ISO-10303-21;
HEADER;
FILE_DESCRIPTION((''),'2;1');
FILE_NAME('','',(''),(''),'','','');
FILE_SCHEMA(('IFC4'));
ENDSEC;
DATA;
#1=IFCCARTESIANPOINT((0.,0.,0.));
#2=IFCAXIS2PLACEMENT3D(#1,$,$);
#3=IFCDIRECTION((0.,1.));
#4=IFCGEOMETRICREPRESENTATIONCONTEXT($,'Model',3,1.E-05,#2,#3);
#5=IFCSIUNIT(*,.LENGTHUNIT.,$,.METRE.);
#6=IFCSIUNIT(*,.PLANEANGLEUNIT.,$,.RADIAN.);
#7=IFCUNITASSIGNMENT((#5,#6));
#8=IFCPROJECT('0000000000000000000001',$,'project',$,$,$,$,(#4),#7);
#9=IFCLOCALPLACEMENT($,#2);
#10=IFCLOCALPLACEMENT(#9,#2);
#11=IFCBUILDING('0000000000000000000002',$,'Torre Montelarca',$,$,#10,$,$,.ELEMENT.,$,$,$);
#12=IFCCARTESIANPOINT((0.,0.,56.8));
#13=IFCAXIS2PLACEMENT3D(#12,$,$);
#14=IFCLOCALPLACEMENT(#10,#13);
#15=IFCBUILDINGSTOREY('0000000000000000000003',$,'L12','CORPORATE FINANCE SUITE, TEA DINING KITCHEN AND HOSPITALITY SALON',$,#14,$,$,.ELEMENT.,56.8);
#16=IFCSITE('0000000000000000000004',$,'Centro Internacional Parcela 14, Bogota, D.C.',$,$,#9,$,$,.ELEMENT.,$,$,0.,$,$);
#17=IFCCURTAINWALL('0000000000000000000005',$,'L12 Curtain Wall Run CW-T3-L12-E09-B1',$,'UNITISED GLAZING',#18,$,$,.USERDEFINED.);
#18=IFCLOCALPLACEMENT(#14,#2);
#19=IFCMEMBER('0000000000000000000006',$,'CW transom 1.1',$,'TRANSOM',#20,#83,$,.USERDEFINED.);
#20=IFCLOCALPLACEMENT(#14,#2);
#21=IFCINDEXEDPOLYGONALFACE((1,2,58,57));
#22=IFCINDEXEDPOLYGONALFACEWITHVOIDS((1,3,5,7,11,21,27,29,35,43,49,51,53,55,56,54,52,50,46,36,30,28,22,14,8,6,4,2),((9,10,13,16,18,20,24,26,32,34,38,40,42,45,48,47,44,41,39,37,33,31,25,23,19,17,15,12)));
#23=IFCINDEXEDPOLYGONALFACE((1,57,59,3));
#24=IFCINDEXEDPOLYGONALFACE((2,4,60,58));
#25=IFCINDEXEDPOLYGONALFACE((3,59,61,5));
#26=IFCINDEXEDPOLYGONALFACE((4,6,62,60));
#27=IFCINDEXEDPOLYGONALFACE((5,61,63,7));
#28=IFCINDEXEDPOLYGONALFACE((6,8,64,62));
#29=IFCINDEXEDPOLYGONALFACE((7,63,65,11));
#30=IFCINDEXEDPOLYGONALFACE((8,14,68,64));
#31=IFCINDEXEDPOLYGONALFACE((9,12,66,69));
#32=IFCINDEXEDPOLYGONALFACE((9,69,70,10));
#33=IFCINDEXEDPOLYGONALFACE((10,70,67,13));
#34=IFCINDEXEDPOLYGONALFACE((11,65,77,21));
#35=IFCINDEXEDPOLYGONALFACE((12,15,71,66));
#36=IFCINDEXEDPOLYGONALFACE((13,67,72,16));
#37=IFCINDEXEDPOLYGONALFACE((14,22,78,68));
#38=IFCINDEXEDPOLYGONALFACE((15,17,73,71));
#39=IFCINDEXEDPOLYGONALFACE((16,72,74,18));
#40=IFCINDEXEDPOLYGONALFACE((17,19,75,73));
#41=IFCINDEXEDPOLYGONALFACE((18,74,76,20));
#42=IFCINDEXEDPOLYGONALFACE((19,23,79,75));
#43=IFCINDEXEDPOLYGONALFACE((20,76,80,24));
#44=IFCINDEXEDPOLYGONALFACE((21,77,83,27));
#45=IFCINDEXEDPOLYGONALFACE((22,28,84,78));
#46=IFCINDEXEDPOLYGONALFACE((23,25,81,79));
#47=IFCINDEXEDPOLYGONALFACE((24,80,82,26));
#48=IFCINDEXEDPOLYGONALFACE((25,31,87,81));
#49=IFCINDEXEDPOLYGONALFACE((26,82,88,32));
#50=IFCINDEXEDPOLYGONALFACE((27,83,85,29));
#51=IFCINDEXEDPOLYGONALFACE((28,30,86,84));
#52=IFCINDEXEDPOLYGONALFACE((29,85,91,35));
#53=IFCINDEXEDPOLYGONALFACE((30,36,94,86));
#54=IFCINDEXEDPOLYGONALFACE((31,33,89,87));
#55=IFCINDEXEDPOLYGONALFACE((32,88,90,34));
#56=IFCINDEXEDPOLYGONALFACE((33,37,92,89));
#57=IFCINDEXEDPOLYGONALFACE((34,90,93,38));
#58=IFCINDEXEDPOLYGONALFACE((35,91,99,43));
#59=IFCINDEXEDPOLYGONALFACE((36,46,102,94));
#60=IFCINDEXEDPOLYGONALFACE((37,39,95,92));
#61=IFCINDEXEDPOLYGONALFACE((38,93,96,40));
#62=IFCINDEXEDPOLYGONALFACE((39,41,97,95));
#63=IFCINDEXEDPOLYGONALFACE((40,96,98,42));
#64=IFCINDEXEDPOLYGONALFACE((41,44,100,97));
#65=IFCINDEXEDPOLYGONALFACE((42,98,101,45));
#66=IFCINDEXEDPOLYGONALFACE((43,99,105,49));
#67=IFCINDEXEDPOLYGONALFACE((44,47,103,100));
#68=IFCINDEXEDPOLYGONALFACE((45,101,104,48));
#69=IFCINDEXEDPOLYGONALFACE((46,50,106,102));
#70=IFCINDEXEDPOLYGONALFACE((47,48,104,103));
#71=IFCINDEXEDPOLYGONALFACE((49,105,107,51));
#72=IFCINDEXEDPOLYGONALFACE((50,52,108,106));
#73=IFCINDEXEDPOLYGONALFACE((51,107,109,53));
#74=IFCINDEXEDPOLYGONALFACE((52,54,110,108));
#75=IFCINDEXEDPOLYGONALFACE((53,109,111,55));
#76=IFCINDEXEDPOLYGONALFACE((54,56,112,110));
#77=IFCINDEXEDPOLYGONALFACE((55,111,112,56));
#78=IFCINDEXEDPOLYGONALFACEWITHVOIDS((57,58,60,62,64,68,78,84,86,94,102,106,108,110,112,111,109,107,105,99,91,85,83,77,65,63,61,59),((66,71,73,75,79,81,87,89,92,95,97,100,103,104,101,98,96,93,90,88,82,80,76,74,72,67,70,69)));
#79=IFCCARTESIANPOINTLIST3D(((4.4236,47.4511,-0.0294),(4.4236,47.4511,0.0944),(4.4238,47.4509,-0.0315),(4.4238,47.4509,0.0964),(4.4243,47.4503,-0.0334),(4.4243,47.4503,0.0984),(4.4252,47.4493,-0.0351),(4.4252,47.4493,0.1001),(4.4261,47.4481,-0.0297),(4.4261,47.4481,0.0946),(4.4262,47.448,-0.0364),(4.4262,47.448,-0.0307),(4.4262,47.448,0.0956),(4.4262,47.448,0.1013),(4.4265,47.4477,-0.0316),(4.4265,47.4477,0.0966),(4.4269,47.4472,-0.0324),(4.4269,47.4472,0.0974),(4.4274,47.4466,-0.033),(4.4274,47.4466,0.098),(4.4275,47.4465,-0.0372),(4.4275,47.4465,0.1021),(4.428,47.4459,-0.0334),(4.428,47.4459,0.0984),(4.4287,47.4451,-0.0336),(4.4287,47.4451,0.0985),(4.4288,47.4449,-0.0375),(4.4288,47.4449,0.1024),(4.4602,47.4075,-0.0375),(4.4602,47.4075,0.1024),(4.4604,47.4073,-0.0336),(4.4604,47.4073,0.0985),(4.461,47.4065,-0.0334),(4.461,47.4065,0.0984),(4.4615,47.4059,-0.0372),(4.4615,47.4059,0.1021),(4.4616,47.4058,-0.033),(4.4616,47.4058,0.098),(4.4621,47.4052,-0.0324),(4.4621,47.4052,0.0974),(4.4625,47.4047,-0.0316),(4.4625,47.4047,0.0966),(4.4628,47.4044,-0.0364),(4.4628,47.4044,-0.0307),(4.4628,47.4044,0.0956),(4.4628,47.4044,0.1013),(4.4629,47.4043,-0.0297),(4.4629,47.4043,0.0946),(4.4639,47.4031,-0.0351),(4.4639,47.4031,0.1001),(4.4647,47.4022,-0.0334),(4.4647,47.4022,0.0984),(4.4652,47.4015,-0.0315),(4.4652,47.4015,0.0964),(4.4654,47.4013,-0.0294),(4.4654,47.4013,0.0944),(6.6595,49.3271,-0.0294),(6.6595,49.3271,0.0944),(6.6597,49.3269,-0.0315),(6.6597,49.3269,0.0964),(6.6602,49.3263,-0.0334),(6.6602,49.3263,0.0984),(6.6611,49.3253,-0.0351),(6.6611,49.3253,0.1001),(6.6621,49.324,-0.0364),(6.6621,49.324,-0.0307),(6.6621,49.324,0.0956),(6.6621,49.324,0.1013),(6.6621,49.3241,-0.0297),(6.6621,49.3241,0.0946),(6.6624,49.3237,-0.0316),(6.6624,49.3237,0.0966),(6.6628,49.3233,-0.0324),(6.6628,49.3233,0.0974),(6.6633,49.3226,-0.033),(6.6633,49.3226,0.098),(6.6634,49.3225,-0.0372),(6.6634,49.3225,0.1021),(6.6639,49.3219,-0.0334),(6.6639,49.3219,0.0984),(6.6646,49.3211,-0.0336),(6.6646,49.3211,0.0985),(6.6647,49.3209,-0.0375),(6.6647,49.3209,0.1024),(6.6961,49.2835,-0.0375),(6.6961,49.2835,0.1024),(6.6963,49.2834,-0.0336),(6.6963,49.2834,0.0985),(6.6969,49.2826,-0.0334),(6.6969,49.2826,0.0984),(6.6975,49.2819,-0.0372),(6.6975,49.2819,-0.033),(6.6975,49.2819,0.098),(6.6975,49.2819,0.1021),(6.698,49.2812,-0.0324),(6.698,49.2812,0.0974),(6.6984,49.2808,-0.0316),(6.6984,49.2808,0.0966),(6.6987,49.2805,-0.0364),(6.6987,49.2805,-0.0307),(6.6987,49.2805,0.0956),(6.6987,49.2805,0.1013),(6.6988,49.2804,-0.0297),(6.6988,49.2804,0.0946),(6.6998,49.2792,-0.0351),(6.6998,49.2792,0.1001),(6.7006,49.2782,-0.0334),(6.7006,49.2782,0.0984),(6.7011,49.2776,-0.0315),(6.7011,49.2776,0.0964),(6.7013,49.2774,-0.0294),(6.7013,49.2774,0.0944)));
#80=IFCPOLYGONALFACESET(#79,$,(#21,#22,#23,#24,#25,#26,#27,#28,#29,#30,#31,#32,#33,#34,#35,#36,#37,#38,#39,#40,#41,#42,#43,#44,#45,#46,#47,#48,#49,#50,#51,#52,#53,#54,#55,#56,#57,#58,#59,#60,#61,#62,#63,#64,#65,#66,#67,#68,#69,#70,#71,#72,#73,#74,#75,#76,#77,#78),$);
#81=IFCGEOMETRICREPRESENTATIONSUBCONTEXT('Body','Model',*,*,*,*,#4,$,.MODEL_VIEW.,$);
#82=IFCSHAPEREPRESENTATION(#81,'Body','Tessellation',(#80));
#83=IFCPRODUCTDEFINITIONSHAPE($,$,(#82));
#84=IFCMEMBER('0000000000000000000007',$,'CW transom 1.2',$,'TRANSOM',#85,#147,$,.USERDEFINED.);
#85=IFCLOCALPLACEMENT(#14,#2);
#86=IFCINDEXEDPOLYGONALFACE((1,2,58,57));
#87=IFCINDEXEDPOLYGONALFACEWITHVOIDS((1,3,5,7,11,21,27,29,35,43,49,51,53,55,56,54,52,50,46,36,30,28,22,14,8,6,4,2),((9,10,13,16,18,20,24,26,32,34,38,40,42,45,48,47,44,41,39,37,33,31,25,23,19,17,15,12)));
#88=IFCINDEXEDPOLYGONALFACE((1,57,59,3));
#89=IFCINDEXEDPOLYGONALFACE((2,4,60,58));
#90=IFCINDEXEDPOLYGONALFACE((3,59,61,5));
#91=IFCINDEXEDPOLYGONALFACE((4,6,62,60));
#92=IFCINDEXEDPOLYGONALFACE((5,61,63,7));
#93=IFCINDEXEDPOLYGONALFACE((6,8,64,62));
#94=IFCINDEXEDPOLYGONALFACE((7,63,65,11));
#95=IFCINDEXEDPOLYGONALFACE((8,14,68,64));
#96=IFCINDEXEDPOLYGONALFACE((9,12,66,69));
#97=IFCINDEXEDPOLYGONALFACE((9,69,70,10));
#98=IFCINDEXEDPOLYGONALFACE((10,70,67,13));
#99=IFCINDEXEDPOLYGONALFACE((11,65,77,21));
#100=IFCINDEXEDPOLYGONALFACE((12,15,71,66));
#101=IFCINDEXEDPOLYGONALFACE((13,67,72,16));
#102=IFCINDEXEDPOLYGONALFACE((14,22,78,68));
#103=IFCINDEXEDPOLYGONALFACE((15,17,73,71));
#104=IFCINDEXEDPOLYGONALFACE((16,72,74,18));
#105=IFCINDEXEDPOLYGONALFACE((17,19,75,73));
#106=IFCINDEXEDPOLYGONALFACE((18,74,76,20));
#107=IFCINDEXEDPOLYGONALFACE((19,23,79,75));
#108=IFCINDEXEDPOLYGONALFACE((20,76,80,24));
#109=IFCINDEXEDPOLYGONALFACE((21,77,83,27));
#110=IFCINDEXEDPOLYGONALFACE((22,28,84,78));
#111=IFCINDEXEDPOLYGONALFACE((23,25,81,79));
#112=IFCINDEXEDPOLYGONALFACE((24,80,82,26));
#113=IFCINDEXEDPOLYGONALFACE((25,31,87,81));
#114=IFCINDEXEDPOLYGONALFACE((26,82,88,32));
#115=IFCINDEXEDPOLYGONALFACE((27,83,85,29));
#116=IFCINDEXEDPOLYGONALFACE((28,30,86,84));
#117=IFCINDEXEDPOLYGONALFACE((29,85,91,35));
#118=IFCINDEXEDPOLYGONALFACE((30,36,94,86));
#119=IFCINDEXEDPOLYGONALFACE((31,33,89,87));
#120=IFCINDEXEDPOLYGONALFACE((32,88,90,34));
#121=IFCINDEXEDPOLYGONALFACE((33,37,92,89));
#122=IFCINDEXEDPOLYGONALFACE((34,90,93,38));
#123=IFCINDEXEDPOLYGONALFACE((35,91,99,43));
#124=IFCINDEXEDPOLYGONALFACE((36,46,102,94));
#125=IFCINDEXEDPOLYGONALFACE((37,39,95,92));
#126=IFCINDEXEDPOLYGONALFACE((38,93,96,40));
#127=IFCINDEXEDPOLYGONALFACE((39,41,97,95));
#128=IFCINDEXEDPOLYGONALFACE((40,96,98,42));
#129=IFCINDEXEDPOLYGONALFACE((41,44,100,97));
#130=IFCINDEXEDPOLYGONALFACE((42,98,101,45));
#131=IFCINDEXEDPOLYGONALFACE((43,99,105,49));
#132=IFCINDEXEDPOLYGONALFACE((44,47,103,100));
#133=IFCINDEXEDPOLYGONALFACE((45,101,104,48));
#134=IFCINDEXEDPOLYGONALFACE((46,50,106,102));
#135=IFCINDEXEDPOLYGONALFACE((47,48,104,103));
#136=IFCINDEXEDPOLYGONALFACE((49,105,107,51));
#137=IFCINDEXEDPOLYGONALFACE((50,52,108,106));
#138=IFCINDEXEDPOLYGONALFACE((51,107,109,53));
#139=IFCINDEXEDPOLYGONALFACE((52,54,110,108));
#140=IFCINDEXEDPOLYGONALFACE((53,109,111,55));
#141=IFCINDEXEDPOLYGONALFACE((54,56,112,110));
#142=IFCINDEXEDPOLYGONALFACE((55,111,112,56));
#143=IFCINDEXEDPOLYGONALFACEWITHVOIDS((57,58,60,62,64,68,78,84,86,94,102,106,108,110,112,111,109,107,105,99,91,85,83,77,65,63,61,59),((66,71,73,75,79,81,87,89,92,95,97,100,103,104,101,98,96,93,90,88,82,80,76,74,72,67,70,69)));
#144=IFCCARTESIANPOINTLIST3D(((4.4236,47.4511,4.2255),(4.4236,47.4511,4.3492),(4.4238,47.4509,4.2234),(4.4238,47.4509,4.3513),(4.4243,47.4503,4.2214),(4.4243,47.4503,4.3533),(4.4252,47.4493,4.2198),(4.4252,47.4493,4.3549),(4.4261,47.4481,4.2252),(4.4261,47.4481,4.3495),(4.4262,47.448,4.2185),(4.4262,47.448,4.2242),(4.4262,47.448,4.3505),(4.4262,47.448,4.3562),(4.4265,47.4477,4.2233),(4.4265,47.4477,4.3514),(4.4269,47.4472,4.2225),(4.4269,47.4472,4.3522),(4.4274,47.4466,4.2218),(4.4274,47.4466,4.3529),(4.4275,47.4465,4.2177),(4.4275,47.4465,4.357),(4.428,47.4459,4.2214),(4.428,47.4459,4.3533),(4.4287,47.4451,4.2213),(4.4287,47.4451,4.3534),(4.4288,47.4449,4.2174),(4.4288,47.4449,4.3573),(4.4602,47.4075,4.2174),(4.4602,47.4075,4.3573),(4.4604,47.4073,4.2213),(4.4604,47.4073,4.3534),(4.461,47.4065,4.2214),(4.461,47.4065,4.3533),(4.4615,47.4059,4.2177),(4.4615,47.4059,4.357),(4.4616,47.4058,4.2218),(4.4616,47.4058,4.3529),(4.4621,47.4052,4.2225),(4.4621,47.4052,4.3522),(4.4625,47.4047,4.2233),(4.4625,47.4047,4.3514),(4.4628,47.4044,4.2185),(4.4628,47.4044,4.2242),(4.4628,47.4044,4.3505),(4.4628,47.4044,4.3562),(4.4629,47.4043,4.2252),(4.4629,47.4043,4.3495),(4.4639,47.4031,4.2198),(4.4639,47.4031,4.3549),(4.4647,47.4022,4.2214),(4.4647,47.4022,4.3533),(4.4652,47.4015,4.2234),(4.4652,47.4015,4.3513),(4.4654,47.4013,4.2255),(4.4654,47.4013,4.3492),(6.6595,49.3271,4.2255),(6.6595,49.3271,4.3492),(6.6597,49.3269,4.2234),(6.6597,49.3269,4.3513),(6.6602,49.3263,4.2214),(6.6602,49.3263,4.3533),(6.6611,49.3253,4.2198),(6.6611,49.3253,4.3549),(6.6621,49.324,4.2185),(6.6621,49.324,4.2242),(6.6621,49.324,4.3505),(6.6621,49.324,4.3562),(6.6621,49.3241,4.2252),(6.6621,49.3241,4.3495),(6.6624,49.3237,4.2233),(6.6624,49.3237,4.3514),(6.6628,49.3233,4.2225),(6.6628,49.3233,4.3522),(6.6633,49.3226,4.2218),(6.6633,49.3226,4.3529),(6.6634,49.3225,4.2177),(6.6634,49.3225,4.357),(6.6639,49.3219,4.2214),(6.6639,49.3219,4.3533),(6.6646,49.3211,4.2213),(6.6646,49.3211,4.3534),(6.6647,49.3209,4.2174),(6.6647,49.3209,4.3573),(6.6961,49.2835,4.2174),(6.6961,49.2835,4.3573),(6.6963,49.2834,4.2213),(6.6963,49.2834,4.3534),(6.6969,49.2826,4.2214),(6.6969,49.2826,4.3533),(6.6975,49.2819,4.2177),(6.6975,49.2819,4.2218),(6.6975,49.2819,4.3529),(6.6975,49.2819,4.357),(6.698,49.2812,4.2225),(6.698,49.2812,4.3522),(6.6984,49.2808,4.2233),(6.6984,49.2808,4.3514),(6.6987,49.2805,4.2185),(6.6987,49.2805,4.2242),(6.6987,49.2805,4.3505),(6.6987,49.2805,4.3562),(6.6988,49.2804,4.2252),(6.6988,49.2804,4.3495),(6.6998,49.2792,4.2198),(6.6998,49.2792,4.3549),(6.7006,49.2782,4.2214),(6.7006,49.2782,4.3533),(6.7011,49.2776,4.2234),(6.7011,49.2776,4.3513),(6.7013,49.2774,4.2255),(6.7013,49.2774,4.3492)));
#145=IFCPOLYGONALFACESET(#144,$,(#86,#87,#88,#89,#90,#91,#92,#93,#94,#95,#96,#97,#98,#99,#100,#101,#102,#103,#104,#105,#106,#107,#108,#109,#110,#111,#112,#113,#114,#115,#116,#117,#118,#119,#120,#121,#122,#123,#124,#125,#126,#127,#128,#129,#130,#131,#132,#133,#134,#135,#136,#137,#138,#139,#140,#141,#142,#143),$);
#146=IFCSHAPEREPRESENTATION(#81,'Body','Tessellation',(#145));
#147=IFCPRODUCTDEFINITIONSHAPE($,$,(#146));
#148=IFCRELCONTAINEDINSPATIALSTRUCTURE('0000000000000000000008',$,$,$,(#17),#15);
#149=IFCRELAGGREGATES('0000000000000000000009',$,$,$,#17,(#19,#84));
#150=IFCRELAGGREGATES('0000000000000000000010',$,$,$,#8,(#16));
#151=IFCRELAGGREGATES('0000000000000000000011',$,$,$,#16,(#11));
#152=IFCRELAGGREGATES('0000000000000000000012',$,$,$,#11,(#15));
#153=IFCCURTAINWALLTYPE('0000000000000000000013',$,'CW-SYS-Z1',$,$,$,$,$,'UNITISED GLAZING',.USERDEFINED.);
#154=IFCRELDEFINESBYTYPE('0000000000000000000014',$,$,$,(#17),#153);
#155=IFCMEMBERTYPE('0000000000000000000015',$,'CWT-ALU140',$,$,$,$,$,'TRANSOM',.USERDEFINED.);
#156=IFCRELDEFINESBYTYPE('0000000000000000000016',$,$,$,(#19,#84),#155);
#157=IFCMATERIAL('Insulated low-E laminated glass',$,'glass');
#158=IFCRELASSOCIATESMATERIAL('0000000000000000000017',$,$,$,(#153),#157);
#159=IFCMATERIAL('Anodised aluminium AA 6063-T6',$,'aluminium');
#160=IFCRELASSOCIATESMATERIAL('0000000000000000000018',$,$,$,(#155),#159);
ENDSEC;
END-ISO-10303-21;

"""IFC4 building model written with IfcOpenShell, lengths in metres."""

from ifc_helpers import new_model, si_unit, direction, frame, origin, origin_2d, place, context, subcontext, project, spatial, hollow_rectangle, extrude, source, transform, mapped, material, material_profile, profile_set, type_object, element, aggregate, save


model = new_model("IFC4")

# Units and contexts
model_context = context("Model", 3, precision=1e-05, world=origin(), true_north=direction((0.0, 1.0)))
body_context = subcontext(model_context, "Body", "Model", "MODEL_VIEW")
ifc_project = project(units=[si_unit("LENGTHUNIT", "METRE"), si_unit("PLANEANGLEUNIT", "RADIAN")], contexts=[model_context])

# Site, building, storey
site_placement = place(None, origin())
site = spatial("IfcSite", under=ifc_project, at=site_placement, Name="Centro Internacional Parcela 14, Bogota, D.C.", CompositionType="ELEMENT", RefElevation=0.0)
building_placement = place(site_placement, origin())
building = spatial("IfcBuilding", under=site, at=building_placement, Name="Torre Montelarca", CompositionType="ELEMENT")
storey_placement = place(building_placement, frame((0.0, 0.0, 56.8)))
storey = spatial("IfcBuildingStorey", under=building, at=storey_placement, Name="L12", Description="CORPORATE FINANCE SUITE, TEA DINING KITCHEN AND HOSPITALITY SALON", CompositionType="ELEMENT", Elevation=56.8)

# Curtain wall
ifc_material_1 = material(Name="Insulated low-E laminated glass", Category="glass")
curtain_wall_type = type_object("IfcCurtainWallType", Name="CW-SYS-Z1", ElementType="UNITISED GLAZING", PredefinedType="USERDEFINED", material=ifc_material_1)
curtain_wall_1_placement = place(storey_placement, origin())
curtain_wall_1 = element("IfcCurtainWall", 1, at=curtain_wall_1_placement, inside=storey, type_object=curtain_wall_type, Name="L12 Curtain Wall Run CW-T3-L12-E09-B1", ObjectType="UNITISED GLAZING", PredefinedType="USERDEFINED")
ifc_material_2 = material(Name="Anodised aluminium AA 6063-T6", Category="aluminium")

# Members
ifc_material_profile_1 = material_profile(ifc_material_2, hollow_rectangle(XDim=0.0649, YDim=0.1399, WallThickness=0.0039, InnerFilletRadius=0.0039, OuterFilletRadius=0.0081, at=origin_2d()), Name="ALU65X140X4", Category="aluminium")
ifc_profile_set_1 = profile_set([ifc_material_profile_1], Name="Anodised aluminium AA 6063-T6")
member_type_1 = type_object("IfcMemberType", Name="CWT-ALU140", ElementType="TRANSOM", PredefinedType="USERDEFINED", material=ifc_profile_set_1)
shared_shape_1 = source(origin(), body_context, "Body", "SweptSolid", [
    extrude(hollow_rectangle(XDim=0.0649, YDim=0.1399, WallThickness=0.0039, InnerFilletRadius=0.0039, OuterFilletRadius=0.0081, at=origin_2d()), origin(), (0.0, 0.0, 1.0), 2.9187),
])
member_1_placement = place(storey_placement, frame((6.6804, 49.3022, 0.0325), z_axis=(-0.766064, -0.642764, 0.0), x_axis=(0.642764, -0.766064, 0.0)))
member_1 = element("IfcMember", 2, at=member_1_placement, type_object=member_type_1, Name="CW transom 1.1", ObjectType="TRANSOM", PredefinedType="USERDEFINED", context=body_context, shape_type="MappedRepresentation", body=[
    mapped(shared_shape_1, transform((0.0, 0.0, 0.0), scale=1.0)),
])
member_2_placement = place(storey_placement, frame((6.6804, 49.3022, 4.2874), z_axis=(-0.766064, -0.642764, 0.0), x_axis=(0.642764, -0.766064, 0.0)))
member_2 = element("IfcMember", 3, at=member_2_placement, type_object=member_type_1, Name="CW transom 1.2", ObjectType="TRANSOM", PredefinedType="USERDEFINED", context=body_context, shape_type="MappedRepresentation", body=[
    mapped(shared_shape_1, transform((0.0, 0.0, 0.0), scale=1.0)),
])

aggregate(curtain_wall_1, [member_1, member_2])

save(model, "model.ifc")
